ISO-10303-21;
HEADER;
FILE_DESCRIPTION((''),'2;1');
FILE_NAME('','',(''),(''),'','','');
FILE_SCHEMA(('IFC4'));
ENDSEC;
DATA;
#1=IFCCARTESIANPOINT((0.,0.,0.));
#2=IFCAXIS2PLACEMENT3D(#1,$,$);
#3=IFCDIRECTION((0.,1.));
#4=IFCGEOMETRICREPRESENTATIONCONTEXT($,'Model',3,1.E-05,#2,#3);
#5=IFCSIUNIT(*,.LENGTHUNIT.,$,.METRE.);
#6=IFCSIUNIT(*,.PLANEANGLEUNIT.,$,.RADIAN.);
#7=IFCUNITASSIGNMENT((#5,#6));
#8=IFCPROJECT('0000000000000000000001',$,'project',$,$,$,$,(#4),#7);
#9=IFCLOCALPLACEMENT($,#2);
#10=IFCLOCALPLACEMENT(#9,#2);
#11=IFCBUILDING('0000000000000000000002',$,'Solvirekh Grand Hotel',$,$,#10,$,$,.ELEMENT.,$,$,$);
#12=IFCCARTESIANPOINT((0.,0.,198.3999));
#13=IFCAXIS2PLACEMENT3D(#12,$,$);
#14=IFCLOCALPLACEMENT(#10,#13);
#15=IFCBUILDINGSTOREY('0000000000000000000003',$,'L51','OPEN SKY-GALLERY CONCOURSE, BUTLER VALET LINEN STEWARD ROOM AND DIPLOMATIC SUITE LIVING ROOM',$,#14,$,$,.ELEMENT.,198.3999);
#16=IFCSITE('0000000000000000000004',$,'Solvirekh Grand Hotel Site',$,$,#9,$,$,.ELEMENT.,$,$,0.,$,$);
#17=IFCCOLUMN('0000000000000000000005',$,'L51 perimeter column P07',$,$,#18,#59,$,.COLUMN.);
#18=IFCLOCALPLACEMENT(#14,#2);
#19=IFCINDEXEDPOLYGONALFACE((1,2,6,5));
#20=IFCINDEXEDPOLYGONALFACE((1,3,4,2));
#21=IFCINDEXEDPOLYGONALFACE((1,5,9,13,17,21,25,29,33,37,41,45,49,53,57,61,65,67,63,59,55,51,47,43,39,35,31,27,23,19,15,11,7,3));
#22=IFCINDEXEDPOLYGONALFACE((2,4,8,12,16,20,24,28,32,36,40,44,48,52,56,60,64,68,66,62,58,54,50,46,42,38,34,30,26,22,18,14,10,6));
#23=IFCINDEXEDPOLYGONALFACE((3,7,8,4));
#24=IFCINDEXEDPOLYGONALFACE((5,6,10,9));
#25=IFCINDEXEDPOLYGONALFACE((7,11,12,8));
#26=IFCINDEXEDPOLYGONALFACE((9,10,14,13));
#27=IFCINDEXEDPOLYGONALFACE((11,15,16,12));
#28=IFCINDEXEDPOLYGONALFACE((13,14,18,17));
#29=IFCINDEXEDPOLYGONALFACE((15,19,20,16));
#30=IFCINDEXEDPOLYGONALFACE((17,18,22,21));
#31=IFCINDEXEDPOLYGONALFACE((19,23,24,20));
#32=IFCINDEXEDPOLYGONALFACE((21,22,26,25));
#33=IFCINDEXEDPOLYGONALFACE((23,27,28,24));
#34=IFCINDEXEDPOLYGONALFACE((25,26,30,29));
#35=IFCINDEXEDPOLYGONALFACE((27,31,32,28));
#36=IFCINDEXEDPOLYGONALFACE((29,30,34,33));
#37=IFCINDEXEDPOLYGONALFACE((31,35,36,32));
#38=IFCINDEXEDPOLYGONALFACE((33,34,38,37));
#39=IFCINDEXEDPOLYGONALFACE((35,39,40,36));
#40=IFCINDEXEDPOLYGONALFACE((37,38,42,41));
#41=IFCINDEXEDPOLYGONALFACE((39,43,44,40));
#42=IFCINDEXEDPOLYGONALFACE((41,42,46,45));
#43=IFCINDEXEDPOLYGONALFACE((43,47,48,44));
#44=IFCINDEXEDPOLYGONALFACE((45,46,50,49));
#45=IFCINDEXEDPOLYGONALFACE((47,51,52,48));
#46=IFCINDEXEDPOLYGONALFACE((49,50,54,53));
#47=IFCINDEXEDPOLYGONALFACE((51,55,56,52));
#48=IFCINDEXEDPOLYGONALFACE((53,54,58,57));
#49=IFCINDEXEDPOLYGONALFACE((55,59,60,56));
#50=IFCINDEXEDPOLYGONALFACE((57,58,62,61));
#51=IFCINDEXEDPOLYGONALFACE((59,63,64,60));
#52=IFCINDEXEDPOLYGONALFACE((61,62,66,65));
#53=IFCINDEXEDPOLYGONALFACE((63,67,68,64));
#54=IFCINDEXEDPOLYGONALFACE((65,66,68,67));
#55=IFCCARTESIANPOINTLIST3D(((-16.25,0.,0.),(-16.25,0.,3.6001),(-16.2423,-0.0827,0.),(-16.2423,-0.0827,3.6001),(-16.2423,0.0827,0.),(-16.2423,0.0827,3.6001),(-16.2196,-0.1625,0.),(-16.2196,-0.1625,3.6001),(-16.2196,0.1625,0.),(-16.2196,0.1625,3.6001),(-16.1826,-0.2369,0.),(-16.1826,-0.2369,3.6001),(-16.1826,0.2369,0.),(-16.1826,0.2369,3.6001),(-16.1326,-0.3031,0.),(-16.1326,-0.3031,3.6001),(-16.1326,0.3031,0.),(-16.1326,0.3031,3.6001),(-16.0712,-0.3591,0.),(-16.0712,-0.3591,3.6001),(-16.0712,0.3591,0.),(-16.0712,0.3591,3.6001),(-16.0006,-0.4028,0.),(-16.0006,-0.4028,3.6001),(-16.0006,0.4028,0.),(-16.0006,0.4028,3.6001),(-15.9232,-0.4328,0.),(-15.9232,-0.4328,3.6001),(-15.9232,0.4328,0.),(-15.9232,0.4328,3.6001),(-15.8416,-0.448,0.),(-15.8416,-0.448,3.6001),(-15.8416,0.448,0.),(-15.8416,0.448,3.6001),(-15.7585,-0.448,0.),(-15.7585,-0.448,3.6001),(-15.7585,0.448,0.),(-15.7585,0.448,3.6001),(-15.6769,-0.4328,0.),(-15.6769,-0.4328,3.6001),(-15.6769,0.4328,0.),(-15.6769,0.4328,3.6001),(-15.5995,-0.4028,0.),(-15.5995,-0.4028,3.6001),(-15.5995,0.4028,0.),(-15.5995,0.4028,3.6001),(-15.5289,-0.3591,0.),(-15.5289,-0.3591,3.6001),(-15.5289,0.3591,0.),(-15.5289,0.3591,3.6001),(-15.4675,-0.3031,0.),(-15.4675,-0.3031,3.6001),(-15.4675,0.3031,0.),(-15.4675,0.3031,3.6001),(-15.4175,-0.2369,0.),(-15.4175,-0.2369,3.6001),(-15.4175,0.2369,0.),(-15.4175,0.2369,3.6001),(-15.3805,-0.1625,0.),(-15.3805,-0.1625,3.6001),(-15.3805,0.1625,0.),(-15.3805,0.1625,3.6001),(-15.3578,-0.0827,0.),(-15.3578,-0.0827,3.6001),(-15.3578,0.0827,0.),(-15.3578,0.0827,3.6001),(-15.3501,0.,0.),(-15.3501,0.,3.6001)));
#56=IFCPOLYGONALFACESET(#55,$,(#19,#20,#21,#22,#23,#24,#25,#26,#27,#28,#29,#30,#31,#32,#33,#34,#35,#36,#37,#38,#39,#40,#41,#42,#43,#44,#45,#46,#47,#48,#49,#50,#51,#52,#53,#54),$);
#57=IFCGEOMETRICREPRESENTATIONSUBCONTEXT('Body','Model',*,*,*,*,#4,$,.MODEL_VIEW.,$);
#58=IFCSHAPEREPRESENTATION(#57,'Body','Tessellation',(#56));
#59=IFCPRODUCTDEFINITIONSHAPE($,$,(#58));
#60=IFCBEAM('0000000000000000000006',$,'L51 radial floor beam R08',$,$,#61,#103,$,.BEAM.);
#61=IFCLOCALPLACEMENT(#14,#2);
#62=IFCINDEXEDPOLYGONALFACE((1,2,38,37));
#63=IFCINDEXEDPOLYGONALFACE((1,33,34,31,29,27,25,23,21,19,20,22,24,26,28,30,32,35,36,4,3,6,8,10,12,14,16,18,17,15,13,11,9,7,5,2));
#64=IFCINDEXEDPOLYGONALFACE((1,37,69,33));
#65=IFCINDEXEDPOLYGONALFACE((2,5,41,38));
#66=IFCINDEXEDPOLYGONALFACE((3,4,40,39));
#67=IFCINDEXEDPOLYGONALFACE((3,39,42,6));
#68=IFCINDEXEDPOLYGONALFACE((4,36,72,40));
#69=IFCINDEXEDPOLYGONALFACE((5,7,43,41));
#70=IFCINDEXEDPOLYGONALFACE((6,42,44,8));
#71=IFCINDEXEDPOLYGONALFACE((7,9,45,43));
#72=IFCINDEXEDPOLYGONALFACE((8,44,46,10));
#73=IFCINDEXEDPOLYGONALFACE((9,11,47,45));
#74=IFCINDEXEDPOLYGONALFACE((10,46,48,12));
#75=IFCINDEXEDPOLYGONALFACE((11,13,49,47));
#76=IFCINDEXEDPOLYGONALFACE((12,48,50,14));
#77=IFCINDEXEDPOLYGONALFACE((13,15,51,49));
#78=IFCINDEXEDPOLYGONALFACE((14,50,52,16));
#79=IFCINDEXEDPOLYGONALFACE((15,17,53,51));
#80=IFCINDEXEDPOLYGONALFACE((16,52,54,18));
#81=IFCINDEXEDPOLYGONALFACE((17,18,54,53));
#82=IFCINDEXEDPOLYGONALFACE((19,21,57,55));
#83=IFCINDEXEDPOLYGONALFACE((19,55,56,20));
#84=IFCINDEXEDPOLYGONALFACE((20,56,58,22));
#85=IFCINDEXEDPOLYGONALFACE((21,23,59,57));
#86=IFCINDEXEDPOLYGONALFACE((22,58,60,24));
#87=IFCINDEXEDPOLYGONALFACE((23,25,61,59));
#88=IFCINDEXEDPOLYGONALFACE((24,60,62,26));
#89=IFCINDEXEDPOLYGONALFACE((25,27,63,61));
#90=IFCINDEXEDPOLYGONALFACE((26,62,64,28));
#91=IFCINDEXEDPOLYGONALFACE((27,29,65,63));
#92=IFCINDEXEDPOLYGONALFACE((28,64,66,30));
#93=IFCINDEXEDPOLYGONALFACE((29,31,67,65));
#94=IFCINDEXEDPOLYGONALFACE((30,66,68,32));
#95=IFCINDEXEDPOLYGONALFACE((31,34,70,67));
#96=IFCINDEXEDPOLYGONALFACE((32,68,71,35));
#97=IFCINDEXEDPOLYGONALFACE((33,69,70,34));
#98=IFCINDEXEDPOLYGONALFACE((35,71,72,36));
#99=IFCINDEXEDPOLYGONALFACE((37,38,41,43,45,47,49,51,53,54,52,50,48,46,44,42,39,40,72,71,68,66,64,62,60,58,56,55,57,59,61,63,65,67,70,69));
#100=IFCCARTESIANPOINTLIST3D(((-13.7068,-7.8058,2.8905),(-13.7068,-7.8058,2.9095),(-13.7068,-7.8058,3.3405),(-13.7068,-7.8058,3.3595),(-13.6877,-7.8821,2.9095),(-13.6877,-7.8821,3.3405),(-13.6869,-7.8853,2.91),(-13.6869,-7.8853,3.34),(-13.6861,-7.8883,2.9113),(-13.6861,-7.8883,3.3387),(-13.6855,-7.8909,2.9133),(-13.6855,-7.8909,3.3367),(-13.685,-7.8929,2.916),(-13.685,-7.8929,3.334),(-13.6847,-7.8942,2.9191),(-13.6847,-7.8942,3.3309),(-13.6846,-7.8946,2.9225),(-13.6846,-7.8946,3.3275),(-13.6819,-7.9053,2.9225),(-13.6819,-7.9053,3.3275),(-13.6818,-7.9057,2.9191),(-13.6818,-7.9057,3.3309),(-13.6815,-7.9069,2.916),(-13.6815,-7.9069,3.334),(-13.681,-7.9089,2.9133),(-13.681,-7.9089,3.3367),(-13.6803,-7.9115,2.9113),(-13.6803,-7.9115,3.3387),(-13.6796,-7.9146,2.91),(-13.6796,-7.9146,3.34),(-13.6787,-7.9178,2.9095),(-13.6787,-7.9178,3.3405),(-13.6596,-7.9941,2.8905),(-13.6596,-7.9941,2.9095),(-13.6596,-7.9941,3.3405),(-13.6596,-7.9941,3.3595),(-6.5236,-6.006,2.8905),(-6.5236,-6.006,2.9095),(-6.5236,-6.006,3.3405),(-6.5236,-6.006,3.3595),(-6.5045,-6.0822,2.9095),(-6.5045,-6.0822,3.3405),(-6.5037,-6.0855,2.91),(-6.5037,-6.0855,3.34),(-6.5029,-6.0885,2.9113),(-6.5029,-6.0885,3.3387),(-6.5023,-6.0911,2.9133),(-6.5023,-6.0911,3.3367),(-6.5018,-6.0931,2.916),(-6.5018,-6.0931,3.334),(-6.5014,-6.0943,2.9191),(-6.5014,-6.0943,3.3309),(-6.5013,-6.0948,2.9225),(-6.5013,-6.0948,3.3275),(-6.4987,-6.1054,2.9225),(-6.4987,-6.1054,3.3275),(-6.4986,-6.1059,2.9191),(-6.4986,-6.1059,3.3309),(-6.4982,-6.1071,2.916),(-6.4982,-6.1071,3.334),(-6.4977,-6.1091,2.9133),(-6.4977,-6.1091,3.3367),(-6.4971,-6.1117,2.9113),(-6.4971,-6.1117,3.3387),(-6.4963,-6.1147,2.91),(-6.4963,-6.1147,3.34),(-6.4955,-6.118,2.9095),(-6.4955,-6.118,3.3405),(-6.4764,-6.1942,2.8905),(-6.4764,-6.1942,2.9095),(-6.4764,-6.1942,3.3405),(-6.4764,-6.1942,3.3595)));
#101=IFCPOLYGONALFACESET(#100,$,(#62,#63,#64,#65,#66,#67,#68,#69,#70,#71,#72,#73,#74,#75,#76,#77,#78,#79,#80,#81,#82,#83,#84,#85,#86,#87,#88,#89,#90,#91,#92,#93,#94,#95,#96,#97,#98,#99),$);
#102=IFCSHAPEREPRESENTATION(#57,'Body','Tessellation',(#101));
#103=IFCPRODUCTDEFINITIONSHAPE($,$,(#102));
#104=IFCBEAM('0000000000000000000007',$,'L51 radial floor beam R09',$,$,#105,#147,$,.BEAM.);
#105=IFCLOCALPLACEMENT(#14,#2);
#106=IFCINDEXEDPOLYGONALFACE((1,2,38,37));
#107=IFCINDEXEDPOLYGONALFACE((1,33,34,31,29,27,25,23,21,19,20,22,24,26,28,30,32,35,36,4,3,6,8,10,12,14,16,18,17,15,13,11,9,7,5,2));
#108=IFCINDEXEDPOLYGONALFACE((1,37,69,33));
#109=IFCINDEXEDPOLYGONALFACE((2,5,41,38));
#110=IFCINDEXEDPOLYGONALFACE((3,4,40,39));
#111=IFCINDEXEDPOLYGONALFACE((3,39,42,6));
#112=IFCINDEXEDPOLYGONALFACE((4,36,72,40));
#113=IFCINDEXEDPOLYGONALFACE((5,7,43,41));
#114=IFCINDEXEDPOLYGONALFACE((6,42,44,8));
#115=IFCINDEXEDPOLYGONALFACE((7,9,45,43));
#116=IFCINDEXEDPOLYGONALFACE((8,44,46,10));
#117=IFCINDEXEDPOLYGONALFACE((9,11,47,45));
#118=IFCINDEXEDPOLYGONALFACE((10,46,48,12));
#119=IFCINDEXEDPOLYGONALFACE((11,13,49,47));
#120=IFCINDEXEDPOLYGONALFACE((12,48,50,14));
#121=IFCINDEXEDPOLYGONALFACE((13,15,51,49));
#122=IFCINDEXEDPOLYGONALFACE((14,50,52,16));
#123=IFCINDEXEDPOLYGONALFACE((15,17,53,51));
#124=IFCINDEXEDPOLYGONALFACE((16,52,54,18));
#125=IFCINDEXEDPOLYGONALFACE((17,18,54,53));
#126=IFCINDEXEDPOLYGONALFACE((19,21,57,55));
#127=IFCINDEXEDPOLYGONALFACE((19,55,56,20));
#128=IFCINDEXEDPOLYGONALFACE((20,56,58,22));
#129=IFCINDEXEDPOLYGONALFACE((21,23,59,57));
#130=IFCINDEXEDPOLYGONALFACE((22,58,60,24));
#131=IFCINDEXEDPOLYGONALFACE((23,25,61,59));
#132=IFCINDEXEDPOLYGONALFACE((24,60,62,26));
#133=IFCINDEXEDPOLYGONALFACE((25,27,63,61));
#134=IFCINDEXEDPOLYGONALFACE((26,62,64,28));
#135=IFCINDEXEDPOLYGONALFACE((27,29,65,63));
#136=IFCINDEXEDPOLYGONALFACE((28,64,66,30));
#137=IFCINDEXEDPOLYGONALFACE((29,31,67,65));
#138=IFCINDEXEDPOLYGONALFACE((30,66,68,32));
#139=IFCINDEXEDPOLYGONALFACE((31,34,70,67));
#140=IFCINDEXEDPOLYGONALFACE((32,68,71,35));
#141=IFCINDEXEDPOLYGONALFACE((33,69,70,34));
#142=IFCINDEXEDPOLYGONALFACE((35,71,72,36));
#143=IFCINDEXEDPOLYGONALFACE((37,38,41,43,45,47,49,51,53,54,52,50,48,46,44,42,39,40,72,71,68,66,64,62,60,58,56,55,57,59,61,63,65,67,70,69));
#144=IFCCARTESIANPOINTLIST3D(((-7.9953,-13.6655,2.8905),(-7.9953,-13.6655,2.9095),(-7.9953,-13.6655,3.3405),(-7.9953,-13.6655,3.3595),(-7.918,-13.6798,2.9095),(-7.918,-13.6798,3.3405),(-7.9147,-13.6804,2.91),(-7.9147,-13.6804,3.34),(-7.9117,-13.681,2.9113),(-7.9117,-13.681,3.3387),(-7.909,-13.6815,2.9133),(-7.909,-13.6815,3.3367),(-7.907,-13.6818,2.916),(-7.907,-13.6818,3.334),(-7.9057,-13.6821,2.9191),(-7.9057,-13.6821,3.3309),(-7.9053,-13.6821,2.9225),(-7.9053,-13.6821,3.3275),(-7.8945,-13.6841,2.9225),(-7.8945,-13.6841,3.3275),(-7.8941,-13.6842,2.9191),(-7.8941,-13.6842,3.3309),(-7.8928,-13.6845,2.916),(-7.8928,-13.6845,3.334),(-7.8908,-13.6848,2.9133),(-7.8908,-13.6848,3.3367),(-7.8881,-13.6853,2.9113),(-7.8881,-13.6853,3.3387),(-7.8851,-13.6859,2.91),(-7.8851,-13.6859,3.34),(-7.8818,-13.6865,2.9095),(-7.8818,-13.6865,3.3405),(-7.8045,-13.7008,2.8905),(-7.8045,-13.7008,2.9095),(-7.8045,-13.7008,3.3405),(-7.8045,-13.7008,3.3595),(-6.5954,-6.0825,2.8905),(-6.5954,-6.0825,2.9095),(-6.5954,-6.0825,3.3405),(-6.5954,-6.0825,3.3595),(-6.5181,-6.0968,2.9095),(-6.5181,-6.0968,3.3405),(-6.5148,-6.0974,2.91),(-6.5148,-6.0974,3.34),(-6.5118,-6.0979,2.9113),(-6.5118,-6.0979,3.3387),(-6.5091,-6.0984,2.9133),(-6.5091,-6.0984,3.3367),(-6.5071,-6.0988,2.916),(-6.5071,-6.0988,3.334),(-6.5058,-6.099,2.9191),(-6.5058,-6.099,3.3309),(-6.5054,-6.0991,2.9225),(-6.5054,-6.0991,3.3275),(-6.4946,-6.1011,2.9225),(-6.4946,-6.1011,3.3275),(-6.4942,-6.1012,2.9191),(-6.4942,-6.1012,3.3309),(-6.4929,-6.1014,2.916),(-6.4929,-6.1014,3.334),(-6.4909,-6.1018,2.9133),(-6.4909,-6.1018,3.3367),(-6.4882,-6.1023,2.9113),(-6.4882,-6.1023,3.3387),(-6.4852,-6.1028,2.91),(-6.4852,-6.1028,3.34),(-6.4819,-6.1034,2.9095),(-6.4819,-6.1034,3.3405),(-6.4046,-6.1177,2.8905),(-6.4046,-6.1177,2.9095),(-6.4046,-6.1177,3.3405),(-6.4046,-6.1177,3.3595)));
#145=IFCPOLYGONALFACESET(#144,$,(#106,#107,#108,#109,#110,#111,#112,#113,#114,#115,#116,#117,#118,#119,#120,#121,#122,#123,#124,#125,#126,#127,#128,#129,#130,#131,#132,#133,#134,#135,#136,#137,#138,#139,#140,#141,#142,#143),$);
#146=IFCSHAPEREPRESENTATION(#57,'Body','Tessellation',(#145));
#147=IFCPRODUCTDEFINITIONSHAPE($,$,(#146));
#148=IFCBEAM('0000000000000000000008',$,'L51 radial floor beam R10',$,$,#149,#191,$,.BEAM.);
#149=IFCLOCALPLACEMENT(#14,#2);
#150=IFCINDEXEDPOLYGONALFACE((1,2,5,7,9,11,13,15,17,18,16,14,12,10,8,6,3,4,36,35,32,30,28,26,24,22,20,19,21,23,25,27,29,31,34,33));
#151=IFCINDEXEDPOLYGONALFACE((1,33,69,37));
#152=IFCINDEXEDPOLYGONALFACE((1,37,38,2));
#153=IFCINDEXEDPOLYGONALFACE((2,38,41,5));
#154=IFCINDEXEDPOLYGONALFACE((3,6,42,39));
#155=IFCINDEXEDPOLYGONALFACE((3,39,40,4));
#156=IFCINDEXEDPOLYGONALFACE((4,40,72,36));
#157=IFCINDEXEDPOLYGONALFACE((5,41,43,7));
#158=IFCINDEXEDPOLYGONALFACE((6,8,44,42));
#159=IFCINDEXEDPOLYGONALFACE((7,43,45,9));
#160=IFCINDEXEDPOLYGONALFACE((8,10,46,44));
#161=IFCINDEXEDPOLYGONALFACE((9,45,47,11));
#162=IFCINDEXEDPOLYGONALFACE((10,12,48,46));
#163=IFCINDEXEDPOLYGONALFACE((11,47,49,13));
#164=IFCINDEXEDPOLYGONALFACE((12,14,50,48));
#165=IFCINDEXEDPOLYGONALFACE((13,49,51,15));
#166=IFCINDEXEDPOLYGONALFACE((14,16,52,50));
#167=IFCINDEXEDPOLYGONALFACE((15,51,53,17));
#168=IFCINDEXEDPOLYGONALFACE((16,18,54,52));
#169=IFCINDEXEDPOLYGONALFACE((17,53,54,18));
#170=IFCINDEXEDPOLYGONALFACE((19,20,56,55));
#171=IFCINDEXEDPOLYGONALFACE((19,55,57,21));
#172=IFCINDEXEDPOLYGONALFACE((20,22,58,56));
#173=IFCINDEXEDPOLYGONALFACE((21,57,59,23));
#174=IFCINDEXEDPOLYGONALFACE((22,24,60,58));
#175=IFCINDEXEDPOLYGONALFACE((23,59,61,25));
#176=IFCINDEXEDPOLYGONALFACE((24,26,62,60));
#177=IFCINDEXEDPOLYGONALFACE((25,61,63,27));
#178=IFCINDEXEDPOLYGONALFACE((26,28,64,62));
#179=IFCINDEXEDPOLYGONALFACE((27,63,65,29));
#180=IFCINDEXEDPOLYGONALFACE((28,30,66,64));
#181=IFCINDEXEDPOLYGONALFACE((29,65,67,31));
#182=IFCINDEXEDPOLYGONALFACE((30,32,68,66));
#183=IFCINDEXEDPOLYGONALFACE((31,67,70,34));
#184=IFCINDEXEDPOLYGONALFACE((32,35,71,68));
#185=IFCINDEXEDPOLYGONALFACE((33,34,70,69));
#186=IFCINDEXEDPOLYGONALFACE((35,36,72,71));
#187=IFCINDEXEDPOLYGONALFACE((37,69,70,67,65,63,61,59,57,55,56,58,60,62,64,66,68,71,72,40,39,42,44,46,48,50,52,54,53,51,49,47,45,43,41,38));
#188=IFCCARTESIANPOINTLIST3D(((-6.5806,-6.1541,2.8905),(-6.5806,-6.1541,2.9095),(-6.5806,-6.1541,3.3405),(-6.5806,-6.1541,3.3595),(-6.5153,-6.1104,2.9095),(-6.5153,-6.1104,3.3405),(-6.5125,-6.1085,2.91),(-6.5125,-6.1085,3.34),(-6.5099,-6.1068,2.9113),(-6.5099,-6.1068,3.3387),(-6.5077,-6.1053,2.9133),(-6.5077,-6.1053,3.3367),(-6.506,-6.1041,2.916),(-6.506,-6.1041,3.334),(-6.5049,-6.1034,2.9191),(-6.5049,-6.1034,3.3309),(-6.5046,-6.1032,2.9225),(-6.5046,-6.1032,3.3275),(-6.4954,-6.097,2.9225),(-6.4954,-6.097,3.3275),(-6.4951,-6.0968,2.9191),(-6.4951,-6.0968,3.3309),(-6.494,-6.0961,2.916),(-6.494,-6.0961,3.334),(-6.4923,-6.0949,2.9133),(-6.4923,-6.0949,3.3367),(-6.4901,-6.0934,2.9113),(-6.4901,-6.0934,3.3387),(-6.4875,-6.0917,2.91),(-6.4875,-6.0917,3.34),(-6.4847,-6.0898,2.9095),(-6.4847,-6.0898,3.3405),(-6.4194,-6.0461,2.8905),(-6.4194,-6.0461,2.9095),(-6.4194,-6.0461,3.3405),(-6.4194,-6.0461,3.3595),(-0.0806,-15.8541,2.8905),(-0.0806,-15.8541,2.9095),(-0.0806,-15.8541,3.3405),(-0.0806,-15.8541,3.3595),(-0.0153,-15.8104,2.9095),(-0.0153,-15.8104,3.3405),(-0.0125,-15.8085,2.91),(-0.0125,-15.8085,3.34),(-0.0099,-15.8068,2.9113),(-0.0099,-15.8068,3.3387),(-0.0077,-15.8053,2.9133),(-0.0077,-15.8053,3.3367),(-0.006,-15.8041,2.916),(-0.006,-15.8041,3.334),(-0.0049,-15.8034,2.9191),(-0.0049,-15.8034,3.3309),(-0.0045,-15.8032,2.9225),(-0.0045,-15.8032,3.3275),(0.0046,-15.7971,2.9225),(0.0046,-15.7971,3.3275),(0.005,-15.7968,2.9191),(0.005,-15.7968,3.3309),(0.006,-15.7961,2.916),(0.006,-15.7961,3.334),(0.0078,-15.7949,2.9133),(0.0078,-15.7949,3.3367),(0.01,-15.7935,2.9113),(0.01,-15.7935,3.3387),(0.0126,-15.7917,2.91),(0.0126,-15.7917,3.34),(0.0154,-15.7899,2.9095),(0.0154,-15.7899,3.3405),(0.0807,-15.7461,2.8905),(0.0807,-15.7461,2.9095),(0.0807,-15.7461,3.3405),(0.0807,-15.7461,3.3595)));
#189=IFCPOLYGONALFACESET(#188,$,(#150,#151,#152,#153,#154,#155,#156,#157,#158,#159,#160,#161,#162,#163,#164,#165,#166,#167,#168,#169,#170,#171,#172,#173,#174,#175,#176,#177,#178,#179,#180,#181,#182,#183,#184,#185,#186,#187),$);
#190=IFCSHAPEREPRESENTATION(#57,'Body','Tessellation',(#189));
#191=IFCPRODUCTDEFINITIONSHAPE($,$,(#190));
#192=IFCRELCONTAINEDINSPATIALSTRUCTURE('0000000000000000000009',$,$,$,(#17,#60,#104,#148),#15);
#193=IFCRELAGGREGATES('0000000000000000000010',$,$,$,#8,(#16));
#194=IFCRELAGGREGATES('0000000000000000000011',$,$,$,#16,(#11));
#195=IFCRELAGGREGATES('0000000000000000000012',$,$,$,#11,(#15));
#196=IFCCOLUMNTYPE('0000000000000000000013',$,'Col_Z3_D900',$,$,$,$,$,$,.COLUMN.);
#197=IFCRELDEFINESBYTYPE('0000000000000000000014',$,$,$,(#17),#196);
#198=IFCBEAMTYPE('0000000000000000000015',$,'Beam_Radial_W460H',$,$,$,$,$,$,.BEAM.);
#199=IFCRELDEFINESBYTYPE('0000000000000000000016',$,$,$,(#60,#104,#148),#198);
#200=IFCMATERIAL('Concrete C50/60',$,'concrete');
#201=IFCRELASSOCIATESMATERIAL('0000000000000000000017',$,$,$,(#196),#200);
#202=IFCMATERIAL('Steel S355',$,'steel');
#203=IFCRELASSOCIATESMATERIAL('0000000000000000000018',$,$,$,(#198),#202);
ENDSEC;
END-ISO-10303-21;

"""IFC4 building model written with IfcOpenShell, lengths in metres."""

from ifc_helpers import new_model, si_unit, direction, frame, origin, origin_2d, place, context, subcontext, project, spatial, circle, i_section, extrude, material, material_profile, profile_set, type_object, element, save


model = new_model("IFC4")

# Units and contexts
model_context = context("Model", 3, precision=1e-05, world=origin(), true_north=direction((0.0, 1.0)))
body_context = subcontext(model_context, "Body", "Model", "MODEL_VIEW")
ifc_project = project(units=[si_unit("LENGTHUNIT", "METRE"), si_unit("PLANEANGLEUNIT", "RADIAN")], contexts=[model_context])

# Site, building, storey
site_placement = place(None, origin())
site = spatial("IfcSite", under=ifc_project, at=site_placement, Name="Solvirekh Grand Hotel Site", CompositionType="ELEMENT", RefElevation=0.0)
building_placement = place(site_placement, origin())
building = spatial("IfcBuilding", under=site, at=building_placement, Name="Solvirekh Grand Hotel", CompositionType="ELEMENT")
storey_placement = place(building_placement, frame((0.0, 0.0, 198.3999)))
storey = spatial("IfcBuildingStorey", under=building, at=storey_placement, Name="L51", Description="OPEN SKY-GALLERY CONCOURSE, BUTLER VALET LINEN STEWARD ROOM AND DIPLOMATIC SUITE LIVING ROOM", CompositionType="ELEMENT", Elevation=198.3999)

# Column
ifc_material_1 = material(Name="Concrete C50/60", Category="concrete")
ifc_material_profile_1 = material_profile(ifc_material_1, circle(Radius=0.45, at=origin_2d()), Name="RC CIRC D900")
ifc_profile_set_1 = profile_set([ifc_material_profile_1], Name="Concrete C50/60")
column_type = type_object("IfcColumnType", Name="Col_Z3_D900", PredefinedType="COLUMN", material=ifc_profile_set_1)
column_placement = place(storey_placement, frame((-15.8, 0.0, 0.0), z_axis=(0.0, 0.0, 1.0), x_axis=(1.0, 0.0, 0.0)))
element("IfcColumn", 1, at=column_placement, inside=storey, type_object=column_type, Name="L51 perimeter column P07", PredefinedType="COLUMN", context=body_context, shape_type="SweptSolid", body=[
    extrude(circle(Radius=0.45, at=origin_2d()), origin(), (0.0, 0.0, 1.0), 3.6001),
])

# Beams
ifc_material_2 = material(Name="Steel S355", Category="steel")
ifc_material_profile_2 = material_profile(ifc_material_2, i_section(OverallWidth=0.1941, OverallDepth=0.469, WebThickness=0.011, FlangeThickness=0.019, FilletRadius=0.0129, at=origin_2d()), Name="W460X106")
ifc_profile_set_2 = profile_set([ifc_material_profile_2], Name="Steel S355")
beam_type_1 = type_object("IfcBeamType", Name="Beam_Radial_W460H", PredefinedType="BEAM", material=ifc_profile_set_2)
beam_1_placement = place(storey_placement, frame((-6.5, -6.1001, 3.125), z_axis=(-0.970014, -0.243048, 0.0), x_axis=(0.243048, -0.970014, 0.0)))
element("IfcBeam", 2, at=beam_1_placement, inside=storey, type_object=beam_type_1, Name="L51 radial floor beam R08", PredefinedType="BEAM", context=body_context, shape_type="SweptSolid", body=[
    extrude(i_section(OverallWidth=0.1941, OverallDepth=0.469, WebThickness=0.011, FlangeThickness=0.019, FilletRadius=0.0129, at=origin_2d()), origin(), (0.0, 0.0, 1.0), 7.4053),
])
beam_2_placement = place(storey_placement, frame((-6.5, -6.1001, 3.125), z_axis=(-0.181543, -0.983383, 0.0), x_axis=(0.983383, -0.181543, 0.0)))
element("IfcBeam", 3, at=beam_2_placement, inside=storey, type_object=beam_type_1, Name="L51 radial floor beam R09", PredefinedType="BEAM", context=body_context, shape_type="SweptSolid", body=[
    extrude(i_section(OverallWidth=0.1941, OverallDepth=0.469, WebThickness=0.011, FlangeThickness=0.019, FilletRadius=0.0129, at=origin_2d()), origin(), (0.0, 0.0, 1.0), 7.7112),
])
beam_3_placement = place(storey_placement, frame((-6.5, -6.1001, 3.125), z_axis=(0.556677, -0.830729, 0.0), x_axis=(0.830729, 0.556677, 0.0)))
element("IfcBeam", 4, at=beam_3_placement, inside=storey, type_object=beam_type_1, Name="L51 radial floor beam R10", PredefinedType="BEAM", context=body_context, shape_type="SweptSolid", body=[
    extrude(i_section(OverallWidth=0.1941, OverallDepth=0.469, WebThickness=0.011, FlangeThickness=0.019, FilletRadius=0.0129, at=origin_2d()), origin(), (0.0, 0.0, 1.0), 11.6765),
])

save(model, "model.ifc")
